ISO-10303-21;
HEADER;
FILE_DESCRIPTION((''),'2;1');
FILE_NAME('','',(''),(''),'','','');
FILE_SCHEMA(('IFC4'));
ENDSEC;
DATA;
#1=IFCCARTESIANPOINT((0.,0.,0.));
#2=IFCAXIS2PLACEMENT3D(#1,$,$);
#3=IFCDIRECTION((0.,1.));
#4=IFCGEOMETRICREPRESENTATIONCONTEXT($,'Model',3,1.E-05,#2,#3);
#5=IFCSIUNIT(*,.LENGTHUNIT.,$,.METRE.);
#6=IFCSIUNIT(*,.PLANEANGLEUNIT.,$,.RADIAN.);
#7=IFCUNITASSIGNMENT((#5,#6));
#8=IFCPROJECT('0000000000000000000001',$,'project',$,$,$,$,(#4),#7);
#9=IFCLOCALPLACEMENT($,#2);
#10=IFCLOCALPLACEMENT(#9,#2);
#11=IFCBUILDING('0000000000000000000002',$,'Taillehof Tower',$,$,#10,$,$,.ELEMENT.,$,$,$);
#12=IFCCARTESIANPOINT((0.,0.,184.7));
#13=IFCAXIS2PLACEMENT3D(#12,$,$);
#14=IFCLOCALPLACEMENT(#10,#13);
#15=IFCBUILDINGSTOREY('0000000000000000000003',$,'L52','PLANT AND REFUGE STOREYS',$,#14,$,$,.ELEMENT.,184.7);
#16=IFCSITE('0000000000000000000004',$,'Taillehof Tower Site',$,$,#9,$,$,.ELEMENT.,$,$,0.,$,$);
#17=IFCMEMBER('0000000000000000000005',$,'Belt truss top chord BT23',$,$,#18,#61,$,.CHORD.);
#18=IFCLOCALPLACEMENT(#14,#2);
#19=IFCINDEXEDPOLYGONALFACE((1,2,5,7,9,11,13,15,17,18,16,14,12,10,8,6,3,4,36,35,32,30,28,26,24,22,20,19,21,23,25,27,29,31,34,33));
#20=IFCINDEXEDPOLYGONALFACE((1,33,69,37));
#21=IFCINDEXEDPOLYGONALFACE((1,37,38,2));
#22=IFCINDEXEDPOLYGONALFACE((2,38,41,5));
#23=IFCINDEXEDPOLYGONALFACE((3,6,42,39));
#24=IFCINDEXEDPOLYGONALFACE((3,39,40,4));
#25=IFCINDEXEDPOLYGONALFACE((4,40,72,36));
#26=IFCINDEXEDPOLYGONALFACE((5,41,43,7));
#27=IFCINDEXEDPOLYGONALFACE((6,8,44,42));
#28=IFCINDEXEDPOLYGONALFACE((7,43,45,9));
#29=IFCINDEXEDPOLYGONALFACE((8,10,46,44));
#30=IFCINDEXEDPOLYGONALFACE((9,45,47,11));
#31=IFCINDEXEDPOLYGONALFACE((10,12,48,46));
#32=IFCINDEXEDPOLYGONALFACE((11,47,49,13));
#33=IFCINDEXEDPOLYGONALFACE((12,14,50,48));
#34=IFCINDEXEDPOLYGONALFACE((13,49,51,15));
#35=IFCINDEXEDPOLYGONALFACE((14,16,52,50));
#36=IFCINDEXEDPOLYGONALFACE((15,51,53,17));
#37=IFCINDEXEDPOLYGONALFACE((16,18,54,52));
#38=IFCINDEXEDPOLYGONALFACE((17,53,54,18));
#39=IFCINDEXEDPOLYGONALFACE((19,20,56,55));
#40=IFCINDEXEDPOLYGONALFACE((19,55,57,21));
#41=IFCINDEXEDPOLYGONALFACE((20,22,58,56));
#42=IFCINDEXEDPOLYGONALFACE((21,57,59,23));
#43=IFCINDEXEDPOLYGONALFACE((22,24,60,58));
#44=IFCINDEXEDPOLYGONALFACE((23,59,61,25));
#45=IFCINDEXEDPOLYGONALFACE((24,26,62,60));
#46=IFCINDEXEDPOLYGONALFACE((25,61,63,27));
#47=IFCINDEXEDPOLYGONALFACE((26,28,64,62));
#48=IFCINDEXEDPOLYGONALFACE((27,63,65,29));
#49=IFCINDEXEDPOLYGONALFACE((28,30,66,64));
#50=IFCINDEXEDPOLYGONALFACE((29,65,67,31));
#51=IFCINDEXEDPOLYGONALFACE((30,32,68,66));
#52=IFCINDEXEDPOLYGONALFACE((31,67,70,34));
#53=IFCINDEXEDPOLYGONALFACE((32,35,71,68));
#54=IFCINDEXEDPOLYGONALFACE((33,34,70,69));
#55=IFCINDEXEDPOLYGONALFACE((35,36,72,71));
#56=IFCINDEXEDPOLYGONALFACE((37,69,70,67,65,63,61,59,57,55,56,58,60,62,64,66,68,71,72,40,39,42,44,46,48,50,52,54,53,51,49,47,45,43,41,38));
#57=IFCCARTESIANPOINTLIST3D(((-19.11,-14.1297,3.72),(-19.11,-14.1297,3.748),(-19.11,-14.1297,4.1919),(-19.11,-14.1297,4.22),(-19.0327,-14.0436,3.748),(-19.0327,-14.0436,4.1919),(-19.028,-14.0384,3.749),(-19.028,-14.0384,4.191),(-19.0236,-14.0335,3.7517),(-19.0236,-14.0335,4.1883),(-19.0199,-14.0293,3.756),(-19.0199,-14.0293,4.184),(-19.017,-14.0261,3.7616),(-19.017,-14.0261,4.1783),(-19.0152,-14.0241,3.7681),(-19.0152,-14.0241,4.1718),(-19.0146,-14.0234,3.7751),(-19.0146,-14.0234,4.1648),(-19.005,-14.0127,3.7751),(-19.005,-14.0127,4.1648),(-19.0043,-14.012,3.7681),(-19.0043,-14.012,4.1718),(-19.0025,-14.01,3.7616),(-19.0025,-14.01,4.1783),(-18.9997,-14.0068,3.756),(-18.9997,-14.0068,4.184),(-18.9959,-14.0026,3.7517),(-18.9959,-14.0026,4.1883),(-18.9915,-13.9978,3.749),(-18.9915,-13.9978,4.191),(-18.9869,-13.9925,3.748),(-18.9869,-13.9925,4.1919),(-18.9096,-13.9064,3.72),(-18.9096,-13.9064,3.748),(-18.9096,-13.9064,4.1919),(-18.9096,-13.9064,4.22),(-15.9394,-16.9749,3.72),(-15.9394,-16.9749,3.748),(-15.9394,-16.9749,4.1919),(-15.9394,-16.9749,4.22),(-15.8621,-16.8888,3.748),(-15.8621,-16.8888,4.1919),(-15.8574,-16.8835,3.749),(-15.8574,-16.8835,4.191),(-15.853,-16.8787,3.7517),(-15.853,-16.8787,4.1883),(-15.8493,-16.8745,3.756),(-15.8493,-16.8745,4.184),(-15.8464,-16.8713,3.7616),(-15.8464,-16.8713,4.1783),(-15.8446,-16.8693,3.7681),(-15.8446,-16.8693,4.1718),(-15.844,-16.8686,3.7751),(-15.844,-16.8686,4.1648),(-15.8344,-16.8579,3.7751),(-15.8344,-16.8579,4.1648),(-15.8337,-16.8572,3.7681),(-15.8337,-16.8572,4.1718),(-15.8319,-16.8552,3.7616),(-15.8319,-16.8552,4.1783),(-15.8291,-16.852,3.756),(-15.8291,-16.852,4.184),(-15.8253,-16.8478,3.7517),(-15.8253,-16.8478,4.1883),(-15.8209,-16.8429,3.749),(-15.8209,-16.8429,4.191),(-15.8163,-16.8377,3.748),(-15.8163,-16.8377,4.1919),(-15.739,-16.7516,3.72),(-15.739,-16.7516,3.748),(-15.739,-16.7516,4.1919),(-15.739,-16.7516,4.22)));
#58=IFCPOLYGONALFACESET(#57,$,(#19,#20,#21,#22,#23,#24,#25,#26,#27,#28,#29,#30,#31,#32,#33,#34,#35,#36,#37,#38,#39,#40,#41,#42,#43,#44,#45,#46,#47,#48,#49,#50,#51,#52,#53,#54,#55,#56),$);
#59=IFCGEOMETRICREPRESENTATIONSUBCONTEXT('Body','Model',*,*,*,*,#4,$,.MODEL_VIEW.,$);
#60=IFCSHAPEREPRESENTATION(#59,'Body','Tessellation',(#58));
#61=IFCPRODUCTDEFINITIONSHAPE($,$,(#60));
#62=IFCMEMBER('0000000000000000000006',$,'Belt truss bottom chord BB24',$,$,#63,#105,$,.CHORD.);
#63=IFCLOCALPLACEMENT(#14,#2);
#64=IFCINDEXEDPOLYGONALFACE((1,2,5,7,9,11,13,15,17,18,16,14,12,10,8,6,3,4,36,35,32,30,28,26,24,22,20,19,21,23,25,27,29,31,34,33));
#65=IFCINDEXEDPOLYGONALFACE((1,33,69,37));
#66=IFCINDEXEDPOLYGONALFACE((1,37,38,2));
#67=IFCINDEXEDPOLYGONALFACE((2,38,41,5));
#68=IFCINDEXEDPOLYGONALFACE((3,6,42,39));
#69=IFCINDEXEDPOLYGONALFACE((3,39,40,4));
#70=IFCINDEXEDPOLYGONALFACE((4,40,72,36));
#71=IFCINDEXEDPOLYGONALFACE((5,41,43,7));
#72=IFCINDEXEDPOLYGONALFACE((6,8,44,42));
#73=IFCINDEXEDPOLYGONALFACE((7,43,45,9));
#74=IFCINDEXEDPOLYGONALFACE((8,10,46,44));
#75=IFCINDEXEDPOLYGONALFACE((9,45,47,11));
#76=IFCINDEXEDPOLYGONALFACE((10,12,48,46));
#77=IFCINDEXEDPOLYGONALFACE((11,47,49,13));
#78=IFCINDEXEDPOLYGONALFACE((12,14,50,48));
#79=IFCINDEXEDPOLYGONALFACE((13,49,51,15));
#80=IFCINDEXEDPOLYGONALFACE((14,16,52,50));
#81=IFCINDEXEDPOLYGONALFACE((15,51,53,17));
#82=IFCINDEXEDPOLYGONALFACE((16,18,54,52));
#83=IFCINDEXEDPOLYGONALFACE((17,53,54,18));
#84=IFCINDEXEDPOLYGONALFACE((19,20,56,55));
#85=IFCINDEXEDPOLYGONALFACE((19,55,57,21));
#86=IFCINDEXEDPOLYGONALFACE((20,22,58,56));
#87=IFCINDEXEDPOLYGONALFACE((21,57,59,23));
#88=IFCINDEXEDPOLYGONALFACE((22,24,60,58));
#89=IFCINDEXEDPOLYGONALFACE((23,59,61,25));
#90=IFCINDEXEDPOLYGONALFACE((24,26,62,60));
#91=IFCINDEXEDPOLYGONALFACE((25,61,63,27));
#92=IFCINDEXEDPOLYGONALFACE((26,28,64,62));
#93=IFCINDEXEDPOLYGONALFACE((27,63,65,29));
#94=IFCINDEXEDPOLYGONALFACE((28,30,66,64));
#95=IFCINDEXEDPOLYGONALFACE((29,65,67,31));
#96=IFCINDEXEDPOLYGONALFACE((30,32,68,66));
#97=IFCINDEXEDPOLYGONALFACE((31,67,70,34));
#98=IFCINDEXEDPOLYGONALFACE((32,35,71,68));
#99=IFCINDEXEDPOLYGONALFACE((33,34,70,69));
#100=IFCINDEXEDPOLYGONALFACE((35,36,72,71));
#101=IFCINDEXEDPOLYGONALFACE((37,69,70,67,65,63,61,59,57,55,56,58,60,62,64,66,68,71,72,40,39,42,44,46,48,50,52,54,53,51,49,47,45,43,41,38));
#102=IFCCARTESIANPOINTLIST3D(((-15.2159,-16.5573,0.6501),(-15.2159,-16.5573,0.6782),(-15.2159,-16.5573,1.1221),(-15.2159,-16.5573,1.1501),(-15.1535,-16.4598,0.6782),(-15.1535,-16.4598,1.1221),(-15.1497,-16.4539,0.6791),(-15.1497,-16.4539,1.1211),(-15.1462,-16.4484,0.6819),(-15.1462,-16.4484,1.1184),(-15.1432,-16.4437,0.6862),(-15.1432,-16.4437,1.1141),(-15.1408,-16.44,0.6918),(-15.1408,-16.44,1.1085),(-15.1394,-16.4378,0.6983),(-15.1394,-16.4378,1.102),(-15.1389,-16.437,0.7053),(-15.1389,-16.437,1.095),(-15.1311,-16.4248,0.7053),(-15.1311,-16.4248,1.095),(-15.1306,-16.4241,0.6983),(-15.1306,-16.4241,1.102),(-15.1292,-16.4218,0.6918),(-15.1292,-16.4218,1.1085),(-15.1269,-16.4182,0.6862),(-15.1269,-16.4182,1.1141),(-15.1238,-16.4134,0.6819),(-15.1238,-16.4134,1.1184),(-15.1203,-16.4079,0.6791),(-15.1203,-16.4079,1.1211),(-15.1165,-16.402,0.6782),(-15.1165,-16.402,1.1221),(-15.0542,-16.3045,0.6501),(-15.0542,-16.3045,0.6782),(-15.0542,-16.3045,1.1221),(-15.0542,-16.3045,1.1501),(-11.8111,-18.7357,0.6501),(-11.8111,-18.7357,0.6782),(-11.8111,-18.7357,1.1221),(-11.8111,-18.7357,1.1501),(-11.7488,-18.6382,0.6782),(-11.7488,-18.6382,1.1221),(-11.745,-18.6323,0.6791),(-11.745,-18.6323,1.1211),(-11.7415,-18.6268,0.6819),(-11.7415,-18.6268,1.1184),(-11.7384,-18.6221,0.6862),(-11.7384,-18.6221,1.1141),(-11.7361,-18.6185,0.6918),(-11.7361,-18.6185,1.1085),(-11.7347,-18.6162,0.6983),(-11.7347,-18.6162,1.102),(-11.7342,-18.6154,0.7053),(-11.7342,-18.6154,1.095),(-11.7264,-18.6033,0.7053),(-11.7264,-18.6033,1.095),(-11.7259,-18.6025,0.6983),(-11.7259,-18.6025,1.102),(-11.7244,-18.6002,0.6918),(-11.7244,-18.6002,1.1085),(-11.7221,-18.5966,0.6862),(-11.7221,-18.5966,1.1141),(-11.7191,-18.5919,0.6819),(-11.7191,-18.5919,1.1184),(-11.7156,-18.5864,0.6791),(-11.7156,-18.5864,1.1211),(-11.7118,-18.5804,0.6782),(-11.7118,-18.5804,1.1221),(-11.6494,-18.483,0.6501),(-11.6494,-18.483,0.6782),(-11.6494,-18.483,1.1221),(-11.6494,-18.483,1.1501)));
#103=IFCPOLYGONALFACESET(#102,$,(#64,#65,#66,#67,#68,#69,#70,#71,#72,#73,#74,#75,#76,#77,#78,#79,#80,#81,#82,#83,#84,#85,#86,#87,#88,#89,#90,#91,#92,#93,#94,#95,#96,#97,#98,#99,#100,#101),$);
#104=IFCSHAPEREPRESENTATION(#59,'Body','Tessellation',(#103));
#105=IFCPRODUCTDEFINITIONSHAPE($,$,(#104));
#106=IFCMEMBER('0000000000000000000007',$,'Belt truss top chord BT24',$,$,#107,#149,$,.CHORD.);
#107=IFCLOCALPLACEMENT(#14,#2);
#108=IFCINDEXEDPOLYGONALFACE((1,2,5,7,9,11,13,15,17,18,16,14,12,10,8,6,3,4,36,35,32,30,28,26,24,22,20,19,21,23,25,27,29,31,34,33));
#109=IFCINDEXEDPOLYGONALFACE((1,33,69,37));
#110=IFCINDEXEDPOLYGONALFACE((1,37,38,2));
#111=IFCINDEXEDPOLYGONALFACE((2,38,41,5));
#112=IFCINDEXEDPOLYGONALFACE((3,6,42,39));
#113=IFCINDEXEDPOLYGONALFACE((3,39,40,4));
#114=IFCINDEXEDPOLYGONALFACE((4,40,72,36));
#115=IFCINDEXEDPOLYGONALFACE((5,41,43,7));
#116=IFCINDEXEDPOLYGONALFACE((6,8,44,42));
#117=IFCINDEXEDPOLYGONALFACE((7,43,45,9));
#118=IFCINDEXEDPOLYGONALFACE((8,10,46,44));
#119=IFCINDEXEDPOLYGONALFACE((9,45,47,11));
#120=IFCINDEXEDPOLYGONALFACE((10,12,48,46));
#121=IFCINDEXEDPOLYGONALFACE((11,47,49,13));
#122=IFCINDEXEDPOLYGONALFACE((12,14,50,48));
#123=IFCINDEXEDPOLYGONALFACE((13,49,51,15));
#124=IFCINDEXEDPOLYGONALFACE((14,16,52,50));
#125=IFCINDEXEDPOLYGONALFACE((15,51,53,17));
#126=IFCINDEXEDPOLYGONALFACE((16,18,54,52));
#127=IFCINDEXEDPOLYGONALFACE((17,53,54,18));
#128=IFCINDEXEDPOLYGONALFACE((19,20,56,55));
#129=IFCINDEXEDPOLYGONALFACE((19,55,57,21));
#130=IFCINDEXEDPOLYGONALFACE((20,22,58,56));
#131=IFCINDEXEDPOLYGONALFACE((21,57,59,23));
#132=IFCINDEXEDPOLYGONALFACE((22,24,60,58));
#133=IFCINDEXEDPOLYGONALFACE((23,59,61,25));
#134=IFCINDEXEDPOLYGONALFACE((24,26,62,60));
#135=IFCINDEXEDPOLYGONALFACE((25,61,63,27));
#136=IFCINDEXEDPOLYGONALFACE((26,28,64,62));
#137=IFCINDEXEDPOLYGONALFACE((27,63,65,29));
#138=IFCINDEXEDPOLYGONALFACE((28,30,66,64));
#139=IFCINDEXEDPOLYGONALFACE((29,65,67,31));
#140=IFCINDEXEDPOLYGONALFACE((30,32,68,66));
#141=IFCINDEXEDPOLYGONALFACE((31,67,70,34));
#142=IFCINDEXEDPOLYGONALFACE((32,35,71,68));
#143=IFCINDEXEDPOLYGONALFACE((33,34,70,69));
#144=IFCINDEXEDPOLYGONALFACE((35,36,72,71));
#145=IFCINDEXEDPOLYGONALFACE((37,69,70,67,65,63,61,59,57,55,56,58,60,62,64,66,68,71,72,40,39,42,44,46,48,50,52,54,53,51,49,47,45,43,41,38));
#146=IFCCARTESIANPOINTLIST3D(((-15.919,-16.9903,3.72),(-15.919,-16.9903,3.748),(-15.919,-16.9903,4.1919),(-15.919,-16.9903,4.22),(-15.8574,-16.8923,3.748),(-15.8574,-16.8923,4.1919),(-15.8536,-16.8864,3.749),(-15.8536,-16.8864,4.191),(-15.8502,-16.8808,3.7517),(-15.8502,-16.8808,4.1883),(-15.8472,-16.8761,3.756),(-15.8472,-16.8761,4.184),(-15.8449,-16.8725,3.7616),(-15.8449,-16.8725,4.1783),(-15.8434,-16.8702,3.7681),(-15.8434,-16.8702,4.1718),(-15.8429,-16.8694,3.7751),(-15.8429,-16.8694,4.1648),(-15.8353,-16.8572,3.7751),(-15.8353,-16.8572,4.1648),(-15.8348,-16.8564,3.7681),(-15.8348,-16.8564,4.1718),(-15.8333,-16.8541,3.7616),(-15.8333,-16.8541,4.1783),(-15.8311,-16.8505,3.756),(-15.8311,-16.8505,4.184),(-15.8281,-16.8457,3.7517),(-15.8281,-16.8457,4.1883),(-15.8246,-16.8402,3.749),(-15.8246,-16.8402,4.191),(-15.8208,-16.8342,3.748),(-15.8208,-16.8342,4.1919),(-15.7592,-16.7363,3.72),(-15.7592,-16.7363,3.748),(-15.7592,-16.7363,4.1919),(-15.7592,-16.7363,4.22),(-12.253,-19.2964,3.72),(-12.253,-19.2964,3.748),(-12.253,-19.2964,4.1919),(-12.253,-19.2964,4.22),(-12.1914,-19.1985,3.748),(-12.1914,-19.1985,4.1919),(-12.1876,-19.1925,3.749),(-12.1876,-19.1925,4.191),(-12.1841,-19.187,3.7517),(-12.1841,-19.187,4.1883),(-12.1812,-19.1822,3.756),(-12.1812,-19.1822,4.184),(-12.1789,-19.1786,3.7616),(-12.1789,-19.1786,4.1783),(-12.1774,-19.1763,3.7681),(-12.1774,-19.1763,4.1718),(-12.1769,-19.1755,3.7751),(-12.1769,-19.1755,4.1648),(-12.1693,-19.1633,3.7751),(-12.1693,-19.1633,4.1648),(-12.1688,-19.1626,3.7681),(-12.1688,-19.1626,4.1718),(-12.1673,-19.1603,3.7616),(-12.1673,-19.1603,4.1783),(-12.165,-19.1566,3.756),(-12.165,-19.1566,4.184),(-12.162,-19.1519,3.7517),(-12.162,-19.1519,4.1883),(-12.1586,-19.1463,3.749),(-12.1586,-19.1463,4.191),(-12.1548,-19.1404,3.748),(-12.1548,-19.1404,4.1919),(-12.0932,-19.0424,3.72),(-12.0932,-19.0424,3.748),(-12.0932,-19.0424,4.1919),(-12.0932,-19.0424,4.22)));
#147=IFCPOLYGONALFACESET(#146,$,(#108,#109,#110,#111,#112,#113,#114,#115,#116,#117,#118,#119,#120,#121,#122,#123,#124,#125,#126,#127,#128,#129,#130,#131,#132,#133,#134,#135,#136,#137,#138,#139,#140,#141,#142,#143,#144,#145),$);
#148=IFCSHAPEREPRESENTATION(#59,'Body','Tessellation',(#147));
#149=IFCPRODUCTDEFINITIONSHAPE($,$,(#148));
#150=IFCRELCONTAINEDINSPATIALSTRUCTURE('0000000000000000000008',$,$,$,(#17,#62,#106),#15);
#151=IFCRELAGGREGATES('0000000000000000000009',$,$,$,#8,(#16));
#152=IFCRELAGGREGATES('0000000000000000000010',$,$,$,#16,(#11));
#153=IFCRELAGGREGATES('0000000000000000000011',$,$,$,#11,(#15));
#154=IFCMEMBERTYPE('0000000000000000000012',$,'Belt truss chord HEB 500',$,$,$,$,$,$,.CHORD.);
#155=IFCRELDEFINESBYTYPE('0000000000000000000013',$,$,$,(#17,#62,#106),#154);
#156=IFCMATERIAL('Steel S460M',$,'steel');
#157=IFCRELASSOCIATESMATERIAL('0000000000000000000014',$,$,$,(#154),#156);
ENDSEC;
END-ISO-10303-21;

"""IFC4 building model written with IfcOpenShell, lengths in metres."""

from ifc_helpers import new_model, si_unit, direction, frame, origin, origin_2d, place, context, subcontext, project, spatial, i_section, extrude, material, material_profile, profile_set, type_object, element, save


model = new_model("IFC4")

# Units and contexts
model_context = context("Model", 3, precision=1e-05, world=origin(), true_north=direction((0.0, 1.0)))
body_context = subcontext(model_context, "Body", "Model", "MODEL_VIEW")
ifc_project = project(units=[si_unit("LENGTHUNIT", "METRE"), si_unit("PLANEANGLEUNIT", "RADIAN")], contexts=[model_context])

# Site, building, storey
site_placement = place(None, origin())
site = spatial("IfcSite", under=ifc_project, at=site_placement, Name="Taillehof Tower Site", CompositionType="ELEMENT", RefElevation=0.0)
building_placement = place(site_placement, origin())
building = spatial("IfcBuilding", under=site, at=building_placement, Name="Taillehof Tower", CompositionType="ELEMENT")
storey_placement = place(building_placement, frame((0.0, 0.0, 184.7)))
storey = spatial("IfcBuildingStorey", under=building, at=storey_placement, Name="L52", Description="PLANT AND REFUGE STOREYS", CompositionType="ELEMENT", Elevation=184.7)

# Members
ifc_material_1 = material(Name="Steel S460M", Category="steel")
ifc_material_profile_1 = material_profile(ifc_material_1, i_section(OverallWidth=0.3, OverallDepth=0.5, WebThickness=0.0144, FlangeThickness=0.0281, FilletRadius=0.0271, at=origin_2d()), Name="HEB 500")
ifc_profile_set_1 = profile_set([ifc_material_profile_1], Name="Steel S460M")
member_type_1 = type_object("IfcMemberType", Name="Belt truss chord HEB 500", PredefinedType="CHORD", material=ifc_profile_set_1)
member_1_placement = place(storey_placement, frame((-19.0098, -14.0181, 3.97), z_axis=(0.744271, -0.667878, 0.0), x_axis=(0.667878, 0.744271, 0.0)))
element("IfcMember", 1, at=member_1_placement, inside=storey, type_object=member_type_1, Name="Belt truss top chord BT23", PredefinedType="CHORD", context=body_context, shape_type="SweptSolid", body=[
    extrude(i_section(OverallWidth=0.3, OverallDepth=0.5, WebThickness=0.0144, FlangeThickness=0.0281, FilletRadius=0.0271, at=origin_2d()), origin(), (0.0, 0.0, 1.0), 4.26),
])
member_2_placement = place(storey_placement, frame((-15.135, -16.4309, 0.9001), z_axis=(0.842338, -0.538949, 0.0), x_axis=(0.538949, 0.842338, 0.0)))
element("IfcMember", 2, at=member_2_placement, inside=storey, type_object=member_type_1, Name="Belt truss bottom chord BB24", PredefinedType="CHORD", context=body_context, shape_type="SweptSolid", body=[
    extrude(i_section(OverallWidth=0.3, OverallDepth=0.5, WebThickness=0.0144, FlangeThickness=0.0281, FilletRadius=0.0271, at=origin_2d()), origin(), (0.0, 0.0, 1.0), 4.042),
])
member_3_placement = place(storey_placement, frame((-15.8391, -16.8633, 3.97), z_axis=(0.846449, -0.532469, 0.0), x_axis=(0.532469, 0.846449, 0.0)))
element("IfcMember", 3, at=member_3_placement, inside=storey, type_object=member_type_1, Name="Belt truss top chord BT24", PredefinedType="CHORD", context=body_context, shape_type="SweptSolid", body=[
    extrude(i_section(OverallWidth=0.3, OverallDepth=0.5, WebThickness=0.0144, FlangeThickness=0.0281, FilletRadius=0.0271, at=origin_2d()), origin(), (0.0, 0.0, 1.0), 4.3311),
])

save(model, "model.ifc")
